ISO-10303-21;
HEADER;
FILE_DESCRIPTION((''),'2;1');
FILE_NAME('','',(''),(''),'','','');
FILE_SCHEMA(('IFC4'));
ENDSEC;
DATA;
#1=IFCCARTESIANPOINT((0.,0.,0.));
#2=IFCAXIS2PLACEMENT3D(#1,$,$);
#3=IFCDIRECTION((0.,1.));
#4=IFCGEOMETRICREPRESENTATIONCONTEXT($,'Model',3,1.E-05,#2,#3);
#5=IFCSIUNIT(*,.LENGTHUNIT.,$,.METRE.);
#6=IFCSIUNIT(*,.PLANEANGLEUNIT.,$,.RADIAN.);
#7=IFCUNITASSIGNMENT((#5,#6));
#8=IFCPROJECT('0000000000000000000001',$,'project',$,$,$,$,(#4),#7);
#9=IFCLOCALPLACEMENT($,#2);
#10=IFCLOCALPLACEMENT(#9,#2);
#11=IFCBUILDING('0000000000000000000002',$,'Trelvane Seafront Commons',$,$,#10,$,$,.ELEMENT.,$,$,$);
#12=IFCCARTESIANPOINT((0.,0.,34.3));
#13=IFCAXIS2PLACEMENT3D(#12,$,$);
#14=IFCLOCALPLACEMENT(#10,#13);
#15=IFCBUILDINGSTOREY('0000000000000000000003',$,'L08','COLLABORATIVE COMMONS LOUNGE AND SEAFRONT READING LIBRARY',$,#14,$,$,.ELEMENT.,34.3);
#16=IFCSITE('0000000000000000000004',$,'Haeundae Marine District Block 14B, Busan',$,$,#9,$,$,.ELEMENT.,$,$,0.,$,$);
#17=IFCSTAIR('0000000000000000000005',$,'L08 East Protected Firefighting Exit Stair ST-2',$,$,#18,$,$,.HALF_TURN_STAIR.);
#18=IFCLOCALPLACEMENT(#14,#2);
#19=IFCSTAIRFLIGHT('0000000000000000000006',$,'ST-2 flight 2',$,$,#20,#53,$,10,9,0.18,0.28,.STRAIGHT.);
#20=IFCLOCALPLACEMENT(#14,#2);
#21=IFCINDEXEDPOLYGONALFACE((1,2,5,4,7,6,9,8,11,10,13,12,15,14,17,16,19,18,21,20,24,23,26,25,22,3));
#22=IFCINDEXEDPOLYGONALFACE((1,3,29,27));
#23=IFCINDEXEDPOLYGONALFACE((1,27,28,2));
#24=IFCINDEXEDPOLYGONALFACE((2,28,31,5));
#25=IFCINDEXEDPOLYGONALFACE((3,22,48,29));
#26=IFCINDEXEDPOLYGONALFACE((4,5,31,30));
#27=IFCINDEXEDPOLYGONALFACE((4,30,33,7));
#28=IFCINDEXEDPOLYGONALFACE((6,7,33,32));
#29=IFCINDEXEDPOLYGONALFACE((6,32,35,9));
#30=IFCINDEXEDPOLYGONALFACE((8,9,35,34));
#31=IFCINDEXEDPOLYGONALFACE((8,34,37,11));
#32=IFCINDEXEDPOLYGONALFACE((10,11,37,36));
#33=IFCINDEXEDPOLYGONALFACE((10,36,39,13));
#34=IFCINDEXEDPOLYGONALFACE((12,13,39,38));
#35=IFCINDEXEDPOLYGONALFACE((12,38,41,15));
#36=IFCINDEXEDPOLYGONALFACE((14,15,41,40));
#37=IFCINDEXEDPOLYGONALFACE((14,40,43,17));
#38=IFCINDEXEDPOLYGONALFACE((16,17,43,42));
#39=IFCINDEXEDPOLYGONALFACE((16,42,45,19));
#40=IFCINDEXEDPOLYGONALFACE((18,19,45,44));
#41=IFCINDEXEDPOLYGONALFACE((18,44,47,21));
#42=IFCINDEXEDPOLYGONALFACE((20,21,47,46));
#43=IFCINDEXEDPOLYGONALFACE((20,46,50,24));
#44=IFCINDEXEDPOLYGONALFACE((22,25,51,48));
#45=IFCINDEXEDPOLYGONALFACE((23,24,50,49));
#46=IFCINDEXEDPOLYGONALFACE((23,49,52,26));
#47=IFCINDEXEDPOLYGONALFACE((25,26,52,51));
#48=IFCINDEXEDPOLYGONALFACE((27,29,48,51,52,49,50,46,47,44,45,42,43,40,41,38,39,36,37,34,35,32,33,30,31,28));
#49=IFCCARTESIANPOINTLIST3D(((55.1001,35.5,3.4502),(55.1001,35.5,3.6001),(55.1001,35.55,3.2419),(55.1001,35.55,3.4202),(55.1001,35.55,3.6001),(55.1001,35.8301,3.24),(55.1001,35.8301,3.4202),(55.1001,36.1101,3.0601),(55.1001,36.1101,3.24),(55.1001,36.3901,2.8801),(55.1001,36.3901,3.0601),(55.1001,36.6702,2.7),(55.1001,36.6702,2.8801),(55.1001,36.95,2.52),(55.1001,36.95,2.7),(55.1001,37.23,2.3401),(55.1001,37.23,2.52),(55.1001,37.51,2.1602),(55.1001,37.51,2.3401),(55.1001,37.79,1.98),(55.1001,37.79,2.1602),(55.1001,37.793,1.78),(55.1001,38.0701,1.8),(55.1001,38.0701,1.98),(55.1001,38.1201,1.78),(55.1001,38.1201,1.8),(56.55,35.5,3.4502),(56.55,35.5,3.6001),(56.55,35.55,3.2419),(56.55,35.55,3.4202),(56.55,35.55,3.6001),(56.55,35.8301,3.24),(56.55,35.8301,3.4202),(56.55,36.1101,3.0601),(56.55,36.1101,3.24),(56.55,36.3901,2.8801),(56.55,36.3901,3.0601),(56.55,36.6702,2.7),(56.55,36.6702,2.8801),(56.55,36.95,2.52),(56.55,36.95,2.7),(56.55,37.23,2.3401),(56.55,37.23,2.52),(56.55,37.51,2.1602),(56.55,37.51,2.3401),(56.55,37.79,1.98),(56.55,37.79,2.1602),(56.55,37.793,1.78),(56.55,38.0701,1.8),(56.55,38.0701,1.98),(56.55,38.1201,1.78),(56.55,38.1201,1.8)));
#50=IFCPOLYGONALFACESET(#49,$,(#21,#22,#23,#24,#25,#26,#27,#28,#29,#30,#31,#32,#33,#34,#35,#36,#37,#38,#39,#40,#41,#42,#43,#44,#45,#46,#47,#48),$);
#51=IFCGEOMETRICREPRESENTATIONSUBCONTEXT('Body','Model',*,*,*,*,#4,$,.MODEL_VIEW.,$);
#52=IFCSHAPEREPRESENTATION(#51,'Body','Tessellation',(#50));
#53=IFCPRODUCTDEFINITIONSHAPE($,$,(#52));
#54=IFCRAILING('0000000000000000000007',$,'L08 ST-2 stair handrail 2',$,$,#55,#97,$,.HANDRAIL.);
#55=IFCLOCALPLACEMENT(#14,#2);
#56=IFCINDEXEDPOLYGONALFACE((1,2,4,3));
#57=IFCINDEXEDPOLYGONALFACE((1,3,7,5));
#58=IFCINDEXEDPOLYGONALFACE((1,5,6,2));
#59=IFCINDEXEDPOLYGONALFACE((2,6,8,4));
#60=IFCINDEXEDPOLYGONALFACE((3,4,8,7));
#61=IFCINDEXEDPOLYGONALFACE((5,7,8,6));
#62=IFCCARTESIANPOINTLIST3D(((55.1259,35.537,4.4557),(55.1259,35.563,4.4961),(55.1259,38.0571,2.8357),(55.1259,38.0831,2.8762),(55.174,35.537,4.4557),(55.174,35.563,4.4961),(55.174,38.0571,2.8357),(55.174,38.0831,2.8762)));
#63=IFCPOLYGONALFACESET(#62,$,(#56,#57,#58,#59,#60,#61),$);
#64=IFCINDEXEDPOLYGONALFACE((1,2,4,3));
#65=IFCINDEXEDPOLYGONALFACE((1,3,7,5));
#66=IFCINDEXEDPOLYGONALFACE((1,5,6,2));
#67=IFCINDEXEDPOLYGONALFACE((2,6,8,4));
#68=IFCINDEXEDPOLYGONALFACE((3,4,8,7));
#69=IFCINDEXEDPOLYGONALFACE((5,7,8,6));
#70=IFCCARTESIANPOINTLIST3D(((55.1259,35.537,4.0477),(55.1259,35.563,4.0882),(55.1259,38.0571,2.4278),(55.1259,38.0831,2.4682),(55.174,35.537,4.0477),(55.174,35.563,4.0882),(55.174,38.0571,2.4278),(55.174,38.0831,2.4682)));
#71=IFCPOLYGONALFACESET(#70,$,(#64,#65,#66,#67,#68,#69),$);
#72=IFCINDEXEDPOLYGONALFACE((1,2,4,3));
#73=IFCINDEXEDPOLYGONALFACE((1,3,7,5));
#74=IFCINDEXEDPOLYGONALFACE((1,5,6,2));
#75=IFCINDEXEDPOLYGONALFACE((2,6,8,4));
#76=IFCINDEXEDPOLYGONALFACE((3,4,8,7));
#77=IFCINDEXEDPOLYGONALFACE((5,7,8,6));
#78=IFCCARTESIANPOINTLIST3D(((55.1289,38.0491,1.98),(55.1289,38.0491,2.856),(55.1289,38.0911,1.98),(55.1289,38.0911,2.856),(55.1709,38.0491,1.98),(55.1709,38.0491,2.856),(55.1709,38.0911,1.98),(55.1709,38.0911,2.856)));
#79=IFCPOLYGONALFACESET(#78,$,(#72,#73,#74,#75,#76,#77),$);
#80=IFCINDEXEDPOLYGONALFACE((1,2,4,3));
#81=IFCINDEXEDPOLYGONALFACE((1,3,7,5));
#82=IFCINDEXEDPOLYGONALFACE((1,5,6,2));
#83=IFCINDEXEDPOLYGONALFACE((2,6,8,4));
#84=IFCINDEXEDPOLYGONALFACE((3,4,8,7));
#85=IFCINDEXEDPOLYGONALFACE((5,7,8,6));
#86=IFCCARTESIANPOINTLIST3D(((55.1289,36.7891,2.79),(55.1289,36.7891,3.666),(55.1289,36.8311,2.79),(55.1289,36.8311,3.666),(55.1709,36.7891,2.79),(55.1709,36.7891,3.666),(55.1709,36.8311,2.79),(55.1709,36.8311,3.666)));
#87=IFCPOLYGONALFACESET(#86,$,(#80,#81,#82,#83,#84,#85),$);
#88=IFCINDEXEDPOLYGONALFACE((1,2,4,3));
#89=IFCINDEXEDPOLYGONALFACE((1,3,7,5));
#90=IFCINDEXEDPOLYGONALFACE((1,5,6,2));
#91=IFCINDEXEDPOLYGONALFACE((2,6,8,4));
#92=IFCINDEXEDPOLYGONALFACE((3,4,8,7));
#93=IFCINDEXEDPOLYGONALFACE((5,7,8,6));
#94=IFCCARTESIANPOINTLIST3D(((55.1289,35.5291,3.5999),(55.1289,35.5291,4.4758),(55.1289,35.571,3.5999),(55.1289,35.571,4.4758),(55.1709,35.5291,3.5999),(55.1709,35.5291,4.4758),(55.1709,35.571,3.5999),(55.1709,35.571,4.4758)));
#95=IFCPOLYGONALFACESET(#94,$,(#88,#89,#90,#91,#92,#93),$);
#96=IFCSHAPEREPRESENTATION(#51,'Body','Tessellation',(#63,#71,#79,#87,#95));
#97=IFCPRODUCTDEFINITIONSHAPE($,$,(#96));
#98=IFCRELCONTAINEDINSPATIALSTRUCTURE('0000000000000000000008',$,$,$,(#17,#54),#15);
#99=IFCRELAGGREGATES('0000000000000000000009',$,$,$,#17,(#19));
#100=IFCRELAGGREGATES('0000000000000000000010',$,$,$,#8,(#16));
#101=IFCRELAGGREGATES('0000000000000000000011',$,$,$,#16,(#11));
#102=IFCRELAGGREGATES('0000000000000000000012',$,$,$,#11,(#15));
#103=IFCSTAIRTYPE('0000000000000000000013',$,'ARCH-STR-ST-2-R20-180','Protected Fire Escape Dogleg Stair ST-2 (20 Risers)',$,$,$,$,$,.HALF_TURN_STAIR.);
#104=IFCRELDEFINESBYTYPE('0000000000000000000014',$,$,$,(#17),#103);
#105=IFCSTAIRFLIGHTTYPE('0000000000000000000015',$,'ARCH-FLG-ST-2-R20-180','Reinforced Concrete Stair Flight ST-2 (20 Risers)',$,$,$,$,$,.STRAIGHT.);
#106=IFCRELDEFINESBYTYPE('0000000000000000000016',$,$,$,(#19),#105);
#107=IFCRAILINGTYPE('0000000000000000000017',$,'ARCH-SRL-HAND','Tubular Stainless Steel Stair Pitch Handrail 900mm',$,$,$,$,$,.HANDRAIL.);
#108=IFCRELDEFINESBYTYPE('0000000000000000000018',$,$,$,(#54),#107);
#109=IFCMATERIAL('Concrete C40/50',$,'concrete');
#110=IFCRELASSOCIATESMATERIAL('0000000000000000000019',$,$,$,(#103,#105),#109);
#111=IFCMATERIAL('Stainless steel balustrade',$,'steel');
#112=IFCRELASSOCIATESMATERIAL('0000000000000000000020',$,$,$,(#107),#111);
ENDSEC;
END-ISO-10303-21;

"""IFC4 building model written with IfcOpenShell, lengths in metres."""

from ifc_helpers import new_model, si_unit, direction, frame, origin, origin_2d, place, context, subcontext, project, spatial, polyline, rectangle, outline, extrude, source, transform, mapped, material, type_object, element, aggregate, save


model = new_model("IFC4")

# Units and contexts
model_context = context("Model", 3, precision=1e-05, world=origin(), true_north=direction((0.0, 1.0)))
body_context = subcontext(model_context, "Body", "Model", "MODEL_VIEW")
ifc_project = project(units=[si_unit("LENGTHUNIT", "METRE"), si_unit("PLANEANGLEUNIT", "RADIAN")], contexts=[model_context])

# Site, building, storey
site_placement = place(None, origin())
site = spatial("IfcSite", under=ifc_project, at=site_placement, Name="Haeundae Marine District Block 14B, Busan", CompositionType="ELEMENT", RefElevation=0.0)
building_placement = place(site_placement, origin())
building = spatial("IfcBuilding", under=site, at=building_placement, Name="Trelvane Seafront Commons", CompositionType="ELEMENT")
storey_placement = place(building_placement, frame((0.0, 0.0, 34.3)))
storey = spatial("IfcBuildingStorey", under=building, at=storey_placement, Name="L08", Description="COLLABORATIVE COMMONS LOUNGE AND SEAFRONT READING LIBRARY", CompositionType="ELEMENT", Elevation=34.3)

# Shared definitions
ifc_material_1 = material(Name="Concrete C40/50", Category="concrete")

# Stair, stair flight
stair_type = type_object("IfcStairType", Name="ARCH-STR-ST-2-R20-180", Description="Protected Fire Escape Dogleg Stair ST-2 (20 Risers)", PredefinedType="HALF_TURN_STAIR", material=ifc_material_1)
stair_placement = place(storey_placement, origin())
stair = element("IfcStair", 1, at=stair_placement, inside=storey, type_object=stair_type, Name="L08 East Protected Firefighting Exit Stair ST-2", PredefinedType="HALF_TURN_STAIR")
stair_flight_type = type_object("IfcStairFlightType", Name="ARCH-FLG-ST-2-R20-180", Description="Reinforced Concrete Stair Flight ST-2 (20 Risers)", PredefinedType="STRAIGHT", material=ifc_material_1)
shared_shape_1 = source(origin(), body_context, "Body", "SweptSolid", [
    extrude(outline(polyline([(-0.05, -0.02), (-0.05, 0.0), (0.0, 0.0), (0.0, 0.1799), (0.28, 0.1799), (0.28, 0.3601), (0.5601, 0.3601), (0.5601, 0.54), (0.8401, 0.54), (0.8401, 0.72), (1.1201, 0.72), (1.1201, 0.8999), (1.3999, 0.8999), (1.3999, 1.0801), (1.6799, 1.0801), (1.6799, 1.26), (1.96, 1.26), (1.96, 1.4399), (2.24, 1.4399), (2.24, 1.6201), (2.52, 1.6201), (2.52, 1.8), (2.5701, 1.8), (2.5701, 1.6501), (2.52, 1.4419), (0.2771, -0.02), (-0.05, -0.02)])), frame((0.0, 0.7251, 0.0), z_axis=(0.0, -1.0, 0.0), x_axis=(1.0, 0.0, 0.0)), (0.0, 0.0, 1.0), 1.45),
])
stair_flight_placement = place(storey_placement, frame((55.825, 38.0701, 1.8), z_axis=(0.0, 0.0, 1.0), x_axis=(0.0, -1.0, 0.0)))
stair_flight = element("IfcStairFlight", 2, at=stair_flight_placement, type_object=stair_flight_type, Name="ST-2 flight 2", NumberOfRisers=10, NumberOfTreads=9, PredefinedType="STRAIGHT", RiserHeight=0.18, TreadLength=0.28, context=body_context, shape_type="MappedRepresentation", body=[
    mapped(shared_shape_1, transform((0.0, 0.0, 0.0), x_axis=(1.0, 0.0, 0.0), y_axis=(0.0, 1.0, 0.0), z_axis=(0.0, 0.0, 1.0), scale=1.0)),
])
aggregate(stair, [stair_flight])

# Railing
ifc_material_2 = material(Name="Stainless steel balustrade", Category="steel")
railing_type = type_object("IfcRailingType", Name="ARCH-SRL-HAND", Description="Tubular Stainless Steel Stair Pitch Handrail 900mm", PredefinedType="HANDRAIL", material=ifc_material_2)
railing_placement = place(storey_placement, frame((55.1499, 38.0701, 1.98)))
element("IfcRailing", 3, at=railing_placement, inside=storey, type_object=railing_type, Name="L08 ST-2 stair handrail 2", PredefinedType="HANDRAIL", context=body_context, shape_type="SweptSolid", body=[
    extrude(rectangle(XDim=0.0481, YDim=0.0481, at=origin_2d()), frame((0.0, 0.0, 0.876), z_axis=(0.0, -0.8412, 0.540725), x_axis=(1.0, 0.0, 0.0)), (0.0, 0.0, 1.0), 2.9958),
    extrude(rectangle(XDim=0.0481, YDim=0.0481, at=origin_2d()), frame((0.0, 0.0, 0.468), z_axis=(0.0, -0.8412, 0.540725), x_axis=(1.0, 0.0, 0.0)), (0.0, 0.0, 1.0), 2.9958),
    extrude(rectangle(XDim=0.042, YDim=0.042, at=origin_2d()), origin(), (0.0, 0.0, 1.0), 0.876),
    extrude(rectangle(XDim=0.042, YDim=0.042, at=origin_2d()), frame((0.0, -1.26, 0.8101)), (0.0, 0.0, 1.0), 0.876),
    extrude(rectangle(XDim=0.042, YDim=0.042, at=origin_2d()), frame((0.0, -2.52, 1.6199)), (0.0, 0.0, 1.0), 0.876),
])

save(model, "model.ifc")
